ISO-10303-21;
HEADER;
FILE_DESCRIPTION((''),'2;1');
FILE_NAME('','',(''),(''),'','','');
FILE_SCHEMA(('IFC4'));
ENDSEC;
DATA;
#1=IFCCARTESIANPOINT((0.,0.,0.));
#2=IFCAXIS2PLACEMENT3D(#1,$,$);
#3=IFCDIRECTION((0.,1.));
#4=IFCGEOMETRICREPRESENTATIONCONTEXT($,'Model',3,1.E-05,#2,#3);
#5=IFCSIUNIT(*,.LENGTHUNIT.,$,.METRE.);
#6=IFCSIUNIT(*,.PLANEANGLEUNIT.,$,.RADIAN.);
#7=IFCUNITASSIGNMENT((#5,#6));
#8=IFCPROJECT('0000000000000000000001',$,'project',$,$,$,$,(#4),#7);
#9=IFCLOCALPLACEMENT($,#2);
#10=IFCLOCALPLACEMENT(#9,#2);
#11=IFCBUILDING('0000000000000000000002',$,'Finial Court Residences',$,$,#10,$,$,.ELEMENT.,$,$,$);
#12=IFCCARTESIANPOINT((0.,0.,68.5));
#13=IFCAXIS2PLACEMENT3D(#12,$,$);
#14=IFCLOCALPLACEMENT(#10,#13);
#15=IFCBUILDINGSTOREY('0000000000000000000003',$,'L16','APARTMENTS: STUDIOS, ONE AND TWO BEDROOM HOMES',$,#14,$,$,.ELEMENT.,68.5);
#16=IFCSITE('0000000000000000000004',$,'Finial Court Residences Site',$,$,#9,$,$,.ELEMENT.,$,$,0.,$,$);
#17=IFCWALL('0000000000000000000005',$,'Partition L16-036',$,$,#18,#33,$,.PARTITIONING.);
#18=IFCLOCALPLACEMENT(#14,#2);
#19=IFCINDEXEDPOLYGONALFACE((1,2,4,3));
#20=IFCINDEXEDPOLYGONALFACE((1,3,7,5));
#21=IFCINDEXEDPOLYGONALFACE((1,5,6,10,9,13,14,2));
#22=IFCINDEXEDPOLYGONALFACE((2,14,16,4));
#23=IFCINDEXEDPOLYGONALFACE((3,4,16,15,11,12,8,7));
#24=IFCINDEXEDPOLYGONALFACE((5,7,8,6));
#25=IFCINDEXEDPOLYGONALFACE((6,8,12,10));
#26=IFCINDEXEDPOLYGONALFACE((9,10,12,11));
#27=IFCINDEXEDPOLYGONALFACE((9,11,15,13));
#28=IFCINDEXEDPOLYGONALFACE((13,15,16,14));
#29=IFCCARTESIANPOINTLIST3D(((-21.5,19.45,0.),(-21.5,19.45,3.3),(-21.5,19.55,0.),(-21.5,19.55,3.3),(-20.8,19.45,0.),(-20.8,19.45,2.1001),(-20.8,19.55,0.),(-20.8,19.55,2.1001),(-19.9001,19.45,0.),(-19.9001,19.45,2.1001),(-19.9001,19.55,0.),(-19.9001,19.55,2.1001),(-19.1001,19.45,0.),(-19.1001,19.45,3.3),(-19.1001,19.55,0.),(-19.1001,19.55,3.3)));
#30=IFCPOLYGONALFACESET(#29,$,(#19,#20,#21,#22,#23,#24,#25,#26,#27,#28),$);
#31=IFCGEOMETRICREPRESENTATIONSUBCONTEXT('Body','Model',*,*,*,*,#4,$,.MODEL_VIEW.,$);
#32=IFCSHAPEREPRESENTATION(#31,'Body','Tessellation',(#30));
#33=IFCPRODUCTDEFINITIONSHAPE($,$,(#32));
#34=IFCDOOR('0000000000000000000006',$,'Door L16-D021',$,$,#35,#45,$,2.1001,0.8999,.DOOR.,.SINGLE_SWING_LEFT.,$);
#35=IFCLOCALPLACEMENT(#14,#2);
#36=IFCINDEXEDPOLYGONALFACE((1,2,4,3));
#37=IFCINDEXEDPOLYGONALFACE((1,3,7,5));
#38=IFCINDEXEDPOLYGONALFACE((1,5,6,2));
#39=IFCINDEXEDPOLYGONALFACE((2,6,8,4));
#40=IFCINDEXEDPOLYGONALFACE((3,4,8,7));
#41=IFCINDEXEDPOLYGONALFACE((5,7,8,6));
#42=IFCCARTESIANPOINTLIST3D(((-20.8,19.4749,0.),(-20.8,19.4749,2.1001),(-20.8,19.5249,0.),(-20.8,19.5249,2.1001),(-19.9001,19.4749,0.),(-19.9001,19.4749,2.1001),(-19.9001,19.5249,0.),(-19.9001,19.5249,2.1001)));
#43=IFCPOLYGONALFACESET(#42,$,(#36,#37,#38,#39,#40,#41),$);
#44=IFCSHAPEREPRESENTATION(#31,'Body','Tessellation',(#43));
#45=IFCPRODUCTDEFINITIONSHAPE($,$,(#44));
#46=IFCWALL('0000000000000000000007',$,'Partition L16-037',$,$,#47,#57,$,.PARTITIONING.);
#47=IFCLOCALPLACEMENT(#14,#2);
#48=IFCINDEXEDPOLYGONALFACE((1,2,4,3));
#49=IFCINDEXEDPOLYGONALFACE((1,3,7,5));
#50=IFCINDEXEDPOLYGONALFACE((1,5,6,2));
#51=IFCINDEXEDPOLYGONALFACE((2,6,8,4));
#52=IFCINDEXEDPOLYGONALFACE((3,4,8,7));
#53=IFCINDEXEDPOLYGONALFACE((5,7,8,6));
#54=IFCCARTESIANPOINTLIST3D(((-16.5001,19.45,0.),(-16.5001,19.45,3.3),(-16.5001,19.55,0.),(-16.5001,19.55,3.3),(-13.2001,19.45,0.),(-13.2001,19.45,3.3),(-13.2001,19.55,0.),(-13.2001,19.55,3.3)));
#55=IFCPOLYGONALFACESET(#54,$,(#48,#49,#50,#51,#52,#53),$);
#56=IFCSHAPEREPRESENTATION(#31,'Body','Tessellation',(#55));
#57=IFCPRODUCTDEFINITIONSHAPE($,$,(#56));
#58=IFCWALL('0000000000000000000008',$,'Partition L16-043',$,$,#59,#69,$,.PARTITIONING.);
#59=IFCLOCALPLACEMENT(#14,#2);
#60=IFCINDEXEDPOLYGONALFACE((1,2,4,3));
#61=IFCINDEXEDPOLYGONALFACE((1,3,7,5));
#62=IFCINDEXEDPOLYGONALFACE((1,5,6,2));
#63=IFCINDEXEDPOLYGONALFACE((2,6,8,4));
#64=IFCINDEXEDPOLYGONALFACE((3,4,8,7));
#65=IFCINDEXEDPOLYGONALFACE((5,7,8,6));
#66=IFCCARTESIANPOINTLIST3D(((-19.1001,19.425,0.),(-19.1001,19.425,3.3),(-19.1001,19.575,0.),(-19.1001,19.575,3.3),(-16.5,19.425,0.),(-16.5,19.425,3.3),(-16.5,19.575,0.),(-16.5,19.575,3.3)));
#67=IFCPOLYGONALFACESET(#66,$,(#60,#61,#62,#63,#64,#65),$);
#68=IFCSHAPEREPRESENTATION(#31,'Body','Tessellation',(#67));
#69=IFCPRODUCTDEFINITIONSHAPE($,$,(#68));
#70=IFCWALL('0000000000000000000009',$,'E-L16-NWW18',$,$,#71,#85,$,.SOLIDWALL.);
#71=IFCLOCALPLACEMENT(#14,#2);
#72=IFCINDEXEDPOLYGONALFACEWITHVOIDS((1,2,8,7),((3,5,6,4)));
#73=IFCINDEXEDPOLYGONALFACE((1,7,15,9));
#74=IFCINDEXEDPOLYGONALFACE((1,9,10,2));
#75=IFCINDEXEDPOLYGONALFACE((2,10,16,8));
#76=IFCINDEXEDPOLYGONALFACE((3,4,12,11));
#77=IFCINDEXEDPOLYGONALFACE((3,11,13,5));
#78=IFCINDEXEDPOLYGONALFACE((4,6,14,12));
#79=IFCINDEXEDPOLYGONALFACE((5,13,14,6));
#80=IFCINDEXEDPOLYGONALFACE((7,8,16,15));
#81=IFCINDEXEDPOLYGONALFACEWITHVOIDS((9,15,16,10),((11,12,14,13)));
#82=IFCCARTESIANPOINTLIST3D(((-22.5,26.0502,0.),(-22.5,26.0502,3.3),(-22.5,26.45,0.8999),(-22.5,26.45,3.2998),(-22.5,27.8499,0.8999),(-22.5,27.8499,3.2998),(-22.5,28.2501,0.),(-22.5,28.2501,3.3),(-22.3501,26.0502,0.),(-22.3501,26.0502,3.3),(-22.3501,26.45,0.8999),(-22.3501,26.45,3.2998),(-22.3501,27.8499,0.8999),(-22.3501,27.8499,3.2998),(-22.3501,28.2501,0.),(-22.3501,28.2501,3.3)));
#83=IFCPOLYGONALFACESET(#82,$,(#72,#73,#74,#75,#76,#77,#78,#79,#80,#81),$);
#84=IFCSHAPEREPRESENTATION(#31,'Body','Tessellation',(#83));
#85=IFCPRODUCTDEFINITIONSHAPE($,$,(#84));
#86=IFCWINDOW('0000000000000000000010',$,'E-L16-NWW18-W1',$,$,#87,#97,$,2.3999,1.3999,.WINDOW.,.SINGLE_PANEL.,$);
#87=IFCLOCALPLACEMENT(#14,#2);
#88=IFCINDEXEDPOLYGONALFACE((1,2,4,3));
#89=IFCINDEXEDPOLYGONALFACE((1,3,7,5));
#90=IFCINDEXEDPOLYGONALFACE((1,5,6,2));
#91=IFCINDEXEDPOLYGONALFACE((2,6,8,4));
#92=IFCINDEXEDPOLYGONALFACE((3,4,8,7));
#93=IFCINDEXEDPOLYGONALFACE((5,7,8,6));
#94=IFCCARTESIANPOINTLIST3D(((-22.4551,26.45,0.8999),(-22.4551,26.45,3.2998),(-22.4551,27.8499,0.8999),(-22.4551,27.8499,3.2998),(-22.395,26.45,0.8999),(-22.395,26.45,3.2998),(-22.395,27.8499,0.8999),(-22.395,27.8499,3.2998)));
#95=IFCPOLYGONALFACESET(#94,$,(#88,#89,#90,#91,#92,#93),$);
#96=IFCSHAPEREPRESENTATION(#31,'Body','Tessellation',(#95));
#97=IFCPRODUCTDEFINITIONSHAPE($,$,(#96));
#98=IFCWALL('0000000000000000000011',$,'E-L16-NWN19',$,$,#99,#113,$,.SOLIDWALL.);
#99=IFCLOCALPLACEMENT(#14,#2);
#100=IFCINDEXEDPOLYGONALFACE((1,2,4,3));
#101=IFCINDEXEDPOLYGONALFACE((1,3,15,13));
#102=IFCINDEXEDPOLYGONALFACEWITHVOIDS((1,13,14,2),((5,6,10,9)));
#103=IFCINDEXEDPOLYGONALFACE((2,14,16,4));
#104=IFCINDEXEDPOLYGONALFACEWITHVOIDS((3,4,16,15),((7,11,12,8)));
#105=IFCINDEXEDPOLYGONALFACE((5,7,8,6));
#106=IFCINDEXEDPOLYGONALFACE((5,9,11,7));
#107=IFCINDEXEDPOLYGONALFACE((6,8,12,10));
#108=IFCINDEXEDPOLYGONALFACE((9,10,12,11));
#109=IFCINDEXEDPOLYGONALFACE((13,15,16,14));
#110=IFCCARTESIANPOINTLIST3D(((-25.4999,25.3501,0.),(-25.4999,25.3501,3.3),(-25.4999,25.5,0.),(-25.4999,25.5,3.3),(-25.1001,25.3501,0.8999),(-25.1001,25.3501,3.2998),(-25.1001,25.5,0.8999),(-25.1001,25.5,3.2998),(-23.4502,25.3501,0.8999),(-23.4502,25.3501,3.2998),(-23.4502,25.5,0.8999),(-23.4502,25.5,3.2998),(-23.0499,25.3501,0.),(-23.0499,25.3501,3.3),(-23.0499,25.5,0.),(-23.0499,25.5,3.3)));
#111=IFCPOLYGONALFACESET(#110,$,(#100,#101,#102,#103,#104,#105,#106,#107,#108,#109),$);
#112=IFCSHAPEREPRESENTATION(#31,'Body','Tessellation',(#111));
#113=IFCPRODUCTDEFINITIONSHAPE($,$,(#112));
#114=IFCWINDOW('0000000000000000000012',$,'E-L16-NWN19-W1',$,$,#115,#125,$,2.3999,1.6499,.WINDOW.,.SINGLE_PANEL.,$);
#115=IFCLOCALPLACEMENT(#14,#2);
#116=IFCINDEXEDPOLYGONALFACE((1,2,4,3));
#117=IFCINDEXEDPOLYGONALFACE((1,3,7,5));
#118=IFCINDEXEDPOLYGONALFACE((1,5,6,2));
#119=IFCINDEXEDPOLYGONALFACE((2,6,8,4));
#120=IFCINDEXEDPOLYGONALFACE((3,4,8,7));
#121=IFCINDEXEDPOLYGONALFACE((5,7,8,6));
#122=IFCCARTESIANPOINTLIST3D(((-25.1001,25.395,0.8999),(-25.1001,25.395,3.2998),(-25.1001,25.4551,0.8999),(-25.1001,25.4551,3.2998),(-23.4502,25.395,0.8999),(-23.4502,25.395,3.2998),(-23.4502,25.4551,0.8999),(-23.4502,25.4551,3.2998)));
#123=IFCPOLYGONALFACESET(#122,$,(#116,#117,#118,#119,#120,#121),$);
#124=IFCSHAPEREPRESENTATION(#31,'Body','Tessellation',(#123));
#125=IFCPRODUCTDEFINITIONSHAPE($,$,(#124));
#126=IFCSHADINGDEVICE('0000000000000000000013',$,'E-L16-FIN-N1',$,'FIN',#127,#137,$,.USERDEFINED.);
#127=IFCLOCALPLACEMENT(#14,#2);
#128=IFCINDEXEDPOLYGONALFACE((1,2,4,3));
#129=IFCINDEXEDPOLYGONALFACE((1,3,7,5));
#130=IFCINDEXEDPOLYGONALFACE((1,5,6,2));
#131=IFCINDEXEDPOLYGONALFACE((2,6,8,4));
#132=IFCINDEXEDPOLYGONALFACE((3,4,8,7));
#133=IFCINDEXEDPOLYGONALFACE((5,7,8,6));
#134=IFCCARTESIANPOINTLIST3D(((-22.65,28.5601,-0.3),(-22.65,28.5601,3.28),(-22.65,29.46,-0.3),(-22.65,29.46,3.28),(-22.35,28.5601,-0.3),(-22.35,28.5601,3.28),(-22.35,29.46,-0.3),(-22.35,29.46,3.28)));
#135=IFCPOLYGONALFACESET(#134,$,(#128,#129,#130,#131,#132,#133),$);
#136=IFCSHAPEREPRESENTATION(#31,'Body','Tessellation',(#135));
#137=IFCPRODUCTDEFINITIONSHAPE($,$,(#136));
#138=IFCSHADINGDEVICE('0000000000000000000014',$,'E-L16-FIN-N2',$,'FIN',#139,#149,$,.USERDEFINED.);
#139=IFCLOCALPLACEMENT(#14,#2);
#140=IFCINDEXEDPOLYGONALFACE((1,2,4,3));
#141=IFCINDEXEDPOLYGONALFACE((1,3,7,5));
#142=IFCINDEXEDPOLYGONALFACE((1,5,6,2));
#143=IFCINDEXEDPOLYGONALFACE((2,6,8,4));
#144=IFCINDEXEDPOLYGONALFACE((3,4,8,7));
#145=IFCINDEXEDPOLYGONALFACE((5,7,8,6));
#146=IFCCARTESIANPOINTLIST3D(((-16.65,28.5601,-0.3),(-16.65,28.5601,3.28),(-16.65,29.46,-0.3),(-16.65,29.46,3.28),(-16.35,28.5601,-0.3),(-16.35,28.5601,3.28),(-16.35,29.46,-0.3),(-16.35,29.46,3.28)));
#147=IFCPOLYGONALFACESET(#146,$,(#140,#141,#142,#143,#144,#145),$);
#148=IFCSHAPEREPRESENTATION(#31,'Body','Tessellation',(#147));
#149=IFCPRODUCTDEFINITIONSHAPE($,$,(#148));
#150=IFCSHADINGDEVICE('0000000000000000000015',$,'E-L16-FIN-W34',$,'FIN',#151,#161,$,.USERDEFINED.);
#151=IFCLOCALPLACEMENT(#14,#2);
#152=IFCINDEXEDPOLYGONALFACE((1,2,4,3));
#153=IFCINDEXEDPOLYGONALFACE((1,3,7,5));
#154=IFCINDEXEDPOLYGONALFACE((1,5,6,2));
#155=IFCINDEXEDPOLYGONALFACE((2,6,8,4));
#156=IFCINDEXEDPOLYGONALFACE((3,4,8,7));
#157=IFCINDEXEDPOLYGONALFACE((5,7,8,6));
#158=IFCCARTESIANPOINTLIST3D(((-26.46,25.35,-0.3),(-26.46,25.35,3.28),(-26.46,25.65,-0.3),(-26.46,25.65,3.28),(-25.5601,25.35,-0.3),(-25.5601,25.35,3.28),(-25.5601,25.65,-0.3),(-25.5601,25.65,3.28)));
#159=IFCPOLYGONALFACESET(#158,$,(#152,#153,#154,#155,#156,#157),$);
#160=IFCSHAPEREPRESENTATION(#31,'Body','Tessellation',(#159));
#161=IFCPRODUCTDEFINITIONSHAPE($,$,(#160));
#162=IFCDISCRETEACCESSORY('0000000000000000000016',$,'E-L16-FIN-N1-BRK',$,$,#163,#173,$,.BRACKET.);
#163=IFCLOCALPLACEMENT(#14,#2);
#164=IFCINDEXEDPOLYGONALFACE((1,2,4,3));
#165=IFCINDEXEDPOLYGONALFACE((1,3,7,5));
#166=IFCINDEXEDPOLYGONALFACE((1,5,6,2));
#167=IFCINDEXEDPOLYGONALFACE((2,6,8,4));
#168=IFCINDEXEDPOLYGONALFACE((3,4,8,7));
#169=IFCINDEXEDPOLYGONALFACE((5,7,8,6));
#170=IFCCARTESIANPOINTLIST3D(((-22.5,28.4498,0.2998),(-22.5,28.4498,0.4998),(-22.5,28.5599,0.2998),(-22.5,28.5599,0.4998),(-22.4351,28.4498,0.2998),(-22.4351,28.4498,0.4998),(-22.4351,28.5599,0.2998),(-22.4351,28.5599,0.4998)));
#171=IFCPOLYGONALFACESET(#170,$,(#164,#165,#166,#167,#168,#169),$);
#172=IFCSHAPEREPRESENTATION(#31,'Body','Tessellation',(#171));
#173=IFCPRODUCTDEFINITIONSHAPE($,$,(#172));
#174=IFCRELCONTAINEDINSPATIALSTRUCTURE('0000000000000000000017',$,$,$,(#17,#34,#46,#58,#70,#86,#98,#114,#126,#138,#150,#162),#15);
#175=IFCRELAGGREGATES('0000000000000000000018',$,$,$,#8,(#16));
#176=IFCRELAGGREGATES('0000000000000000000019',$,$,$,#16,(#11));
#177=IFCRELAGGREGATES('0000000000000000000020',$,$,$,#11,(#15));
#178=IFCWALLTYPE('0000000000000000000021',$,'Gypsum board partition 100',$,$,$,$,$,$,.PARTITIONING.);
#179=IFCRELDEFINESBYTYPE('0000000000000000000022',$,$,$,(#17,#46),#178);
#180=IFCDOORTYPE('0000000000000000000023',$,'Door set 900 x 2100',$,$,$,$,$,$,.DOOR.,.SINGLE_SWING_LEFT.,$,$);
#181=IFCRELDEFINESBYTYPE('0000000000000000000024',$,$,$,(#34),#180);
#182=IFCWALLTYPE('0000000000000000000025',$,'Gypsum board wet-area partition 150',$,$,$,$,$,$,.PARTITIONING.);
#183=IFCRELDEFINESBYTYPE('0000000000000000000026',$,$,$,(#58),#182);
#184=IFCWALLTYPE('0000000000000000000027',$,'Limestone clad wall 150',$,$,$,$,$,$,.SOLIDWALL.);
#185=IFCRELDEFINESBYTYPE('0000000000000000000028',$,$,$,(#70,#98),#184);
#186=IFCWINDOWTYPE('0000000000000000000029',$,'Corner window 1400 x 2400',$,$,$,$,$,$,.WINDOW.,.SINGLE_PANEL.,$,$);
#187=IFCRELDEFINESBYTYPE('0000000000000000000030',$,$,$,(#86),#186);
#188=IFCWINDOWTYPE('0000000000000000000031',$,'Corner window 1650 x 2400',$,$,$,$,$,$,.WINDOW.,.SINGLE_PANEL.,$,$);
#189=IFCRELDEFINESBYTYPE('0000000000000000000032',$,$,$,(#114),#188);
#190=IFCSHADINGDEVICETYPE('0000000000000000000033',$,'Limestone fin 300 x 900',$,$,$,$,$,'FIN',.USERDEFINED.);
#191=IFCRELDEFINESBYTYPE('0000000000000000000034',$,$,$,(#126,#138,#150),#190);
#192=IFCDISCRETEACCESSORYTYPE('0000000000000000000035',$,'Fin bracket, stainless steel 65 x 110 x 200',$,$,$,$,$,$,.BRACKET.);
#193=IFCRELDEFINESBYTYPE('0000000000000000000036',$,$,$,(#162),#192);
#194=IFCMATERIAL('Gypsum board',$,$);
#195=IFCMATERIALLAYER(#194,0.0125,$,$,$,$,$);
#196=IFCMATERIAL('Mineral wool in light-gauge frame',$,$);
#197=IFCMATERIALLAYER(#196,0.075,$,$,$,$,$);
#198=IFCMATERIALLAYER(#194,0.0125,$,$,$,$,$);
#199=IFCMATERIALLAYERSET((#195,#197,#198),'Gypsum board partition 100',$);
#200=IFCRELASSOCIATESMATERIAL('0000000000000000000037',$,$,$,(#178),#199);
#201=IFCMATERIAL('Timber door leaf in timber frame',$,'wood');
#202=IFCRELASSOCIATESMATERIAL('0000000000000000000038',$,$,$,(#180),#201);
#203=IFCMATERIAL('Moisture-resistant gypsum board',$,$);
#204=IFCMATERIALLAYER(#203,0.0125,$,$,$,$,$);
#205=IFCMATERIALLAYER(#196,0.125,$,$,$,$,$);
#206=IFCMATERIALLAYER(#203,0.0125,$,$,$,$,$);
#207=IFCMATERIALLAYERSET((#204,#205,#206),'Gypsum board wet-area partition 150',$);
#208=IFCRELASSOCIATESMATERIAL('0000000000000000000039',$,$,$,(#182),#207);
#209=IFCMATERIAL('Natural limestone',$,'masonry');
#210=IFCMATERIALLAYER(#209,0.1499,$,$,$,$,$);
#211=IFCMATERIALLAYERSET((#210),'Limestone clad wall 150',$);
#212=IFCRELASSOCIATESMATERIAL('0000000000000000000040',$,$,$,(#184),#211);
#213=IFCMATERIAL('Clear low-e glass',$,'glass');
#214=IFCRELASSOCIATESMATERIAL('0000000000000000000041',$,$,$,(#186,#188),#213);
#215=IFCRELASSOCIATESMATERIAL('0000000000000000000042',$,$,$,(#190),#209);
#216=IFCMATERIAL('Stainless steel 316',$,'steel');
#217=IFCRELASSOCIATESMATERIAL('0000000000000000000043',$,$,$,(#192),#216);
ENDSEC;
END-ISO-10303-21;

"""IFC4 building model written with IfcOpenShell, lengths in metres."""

from ifc_helpers import new_model, si_unit, direction, frame, frame_2d, origin, origin_2d, place, context, subcontext, project, spatial, rectangle, extrude, material, layer, layer_set, type_object, element, fill, save


model = new_model("IFC4")

# Units and contexts
model_context = context("Model", 3, precision=1e-05, world=origin(), true_north=direction((0.0, 1.0)))
body_context = subcontext(model_context, "Body", "Model", "MODEL_VIEW")
ifc_project = project(units=[si_unit("LENGTHUNIT", "METRE"), si_unit("PLANEANGLEUNIT", "RADIAN")], contexts=[model_context])

# Site, building, storey
site_placement = place(None, origin())
site = spatial("IfcSite", under=ifc_project, at=site_placement, Name="Finial Court Residences Site", CompositionType="ELEMENT", RefElevation=0.0)
building_placement = place(site_placement, origin())
building = spatial("IfcBuilding", under=site, at=building_placement, Name="Finial Court Residences", CompositionType="ELEMENT")
storey_placement = place(building_placement, frame((0.0, 0.0, 68.5)))
storey = spatial("IfcBuildingStorey", under=building, at=storey_placement, Name="L16", Description="APARTMENTS: STUDIOS, ONE AND TWO BEDROOM HOMES", CompositionType="ELEMENT", Elevation=68.5)

# Shared definitions
ifc_material_1 = material(Name="Clear low-e glass", Category="glass")

# Shared definitions
ifc_material_2 = material(Name="Gypsum board")

# Wall, opening, door
ifc_layer_1 = layer(ifc_material_2, 0.0125)
ifc_material_3 = material(Name="Mineral wool in light-gauge frame")
ifc_layer_2 = layer(ifc_material_3, 0.075)
ifc_layer_3 = layer(ifc_material_2, 0.0125)
ifc_layer_set_1 = layer_set([ifc_layer_1, ifc_layer_2, ifc_layer_3], Name="Gypsum board partition 100")
wall_type_1 = type_object("IfcWallType", Name="Gypsum board partition 100", PredefinedType="PARTITIONING", material=ifc_layer_set_1)
wall_1_placement = place(storey_placement, frame((-21.5, 19.5, 0.0), z_axis=(0.0, 0.0, 1.0), x_axis=(1.0, 0.0, 0.0)))
wall_1 = element("IfcWall", 1, at=wall_1_placement, inside=storey, type_object=wall_type_1, Name="Partition L16-036", PredefinedType="PARTITIONING", context=body_context, shape_type="SweptSolid", body=[
    extrude(rectangle(XDim=2.3999, YDim=0.1001, at=frame_2d((1.2, 0.0))), origin(), (0.0, 0.0, 1.0), 3.3),
])
opening_1_placement = place(wall_1_placement, frame((0.7, 0.0, 0.0)))
opening_1 = element("IfcOpeningElement", 2, at=opening_1_placement, cuts=wall_1, PredefinedType="OPENING", context=body_context, shape_type="SweptSolid", body=[
    extrude(rectangle(XDim=0.8999, YDim=2.1001, at=frame_2d((0.45, 1.05))), frame((0.0, 0.0601, 0.0), z_axis=(0.0, -1.0, 0.0), x_axis=(1.0, 0.0, 0.0)), (0.0, 0.0, 1.0), 0.1201),
])
ifc_material_4 = material(Name="Timber door leaf in timber frame", Category="wood")
door_type = type_object("IfcDoorType", Name="Door set 900 x 2100", OperationType="SINGLE_SWING_LEFT", PredefinedType="DOOR", material=ifc_material_4)
door_placement = place(opening_1_placement, origin())
door = element("IfcDoor", 3, at=door_placement, inside=storey, type_object=door_type, Name="Door L16-D021", OperationType="SINGLE_SWING_LEFT", OverallHeight=2.1001, OverallWidth=0.8999, PredefinedType="DOOR", context=body_context, shape_type="SweptSolid", body=[
    extrude(rectangle(XDim=0.8999, YDim=2.1001, at=frame_2d((0.45, 1.05))), frame((0.0, 0.0249, 0.0), z_axis=(0.0, -1.0, 0.0), x_axis=(1.0, 0.0, 0.0)), (0.0, 0.0, 1.0), 0.05),
])
fill(opening_1, door)

# Walls
wall_2_placement = place(storey_placement, frame((-16.5, 19.5, 0.0), z_axis=(0.0, 0.0, 1.0), x_axis=(1.0, 0.0, 0.0)))
element("IfcWall", 4, at=wall_2_placement, inside=storey, type_object=wall_type_1, Name="Partition L16-037", PredefinedType="PARTITIONING", context=body_context, shape_type="SweptSolid", body=[
    extrude(rectangle(XDim=3.3, YDim=0.1001, at=frame_2d((1.6499, 0.0))), origin(), (0.0, 0.0, 1.0), 3.3),
])
ifc_material_5 = material(Name="Moisture-resistant gypsum board")
ifc_layer_4 = layer(ifc_material_5, 0.0125)
ifc_layer_5 = layer(ifc_material_3, 0.125)
ifc_layer_6 = layer(ifc_material_5, 0.0125)
ifc_layer_set_2 = layer_set([ifc_layer_4, ifc_layer_5, ifc_layer_6], Name="Gypsum board wet-area partition 150")
wall_type_2 = type_object("IfcWallType", Name="Gypsum board wet-area partition 150", PredefinedType="PARTITIONING", material=ifc_layer_set_2)
wall_3_placement = place(storey_placement, frame((-19.1001, 19.5, 0.0), z_axis=(0.0, 0.0, 1.0), x_axis=(1.0, 0.0, 0.0)))
element("IfcWall", 5, at=wall_3_placement, inside=storey, type_object=wall_type_2, Name="Partition L16-043", PredefinedType="PARTITIONING", context=body_context, shape_type="SweptSolid", body=[
    extrude(rectangle(XDim=2.6001, YDim=0.1499, at=frame_2d((1.3, 0.0))), origin(), (0.0, 0.0, 1.0), 3.3),
])

# Walls, openings, windows
ifc_material_6 = material(Name="Natural limestone", Category="masonry")
ifc_layer_7 = layer(ifc_material_6, 0.1499)
ifc_layer_set_3 = layer_set([ifc_layer_7], Name="Limestone clad wall 150")
wall_type_3 = type_object("IfcWallType", Name="Limestone clad wall 150", PredefinedType="SOLIDWALL", material=ifc_layer_set_3)
wall_4_placement = place(storey_placement, frame((-22.425, 26.05, 0.0), z_axis=(0.0, 0.0, 1.0), x_axis=(0.0, 1.0, 0.0)))
wall_4 = element("IfcWall", 6, at=wall_4_placement, inside=storey, type_object=wall_type_3, Name="E-L16-NWW18", PredefinedType="SOLIDWALL", context=body_context, shape_type="SweptSolid", body=[
    extrude(rectangle(XDim=2.2, YDim=0.1499, at=frame_2d((1.1001, 0.0))), origin(), (0.0, 0.0, 1.0), 3.3),
])
opening_2_placement = place(wall_4_placement, frame((0.3999, 0.0, 0.8999)))
opening_2 = element("IfcOpeningElement", 7, at=opening_2_placement, cuts=wall_4, PredefinedType="OPENING", context=body_context, shape_type="SweptSolid", body=[
    extrude(rectangle(XDim=1.3999, YDim=2.3999, at=frame_2d((0.7, 1.2))), frame((0.0, 0.085, 0.0), z_axis=(0.0, -1.0, 0.0), x_axis=(1.0, 0.0, 0.0)), (0.0, 0.0, 1.0), 0.1699),
])
window_type_1 = type_object("IfcWindowType", Name="Corner window 1400 x 2400", PartitioningType="SINGLE_PANEL", PredefinedType="WINDOW", material=ifc_material_1)
window_1_placement = place(opening_2_placement, origin())
window_1 = element("IfcWindow", 8, at=window_1_placement, inside=storey, type_object=window_type_1, Name="E-L16-NWW18-W1", OverallHeight=2.3999, OverallWidth=1.3999, PartitioningType="SINGLE_PANEL", PredefinedType="WINDOW", context=body_context, shape_type="SweptSolid", body=[
    extrude(rectangle(XDim=1.3999, YDim=2.3999, at=frame_2d((0.7, 1.2))), frame((0.0, 0.03, 0.0), z_axis=(0.0, -1.0, 0.0), x_axis=(1.0, 0.0, 0.0)), (0.0, 0.0, 1.0), 0.0601),
])
fill(opening_2, window_1)
wall_5_placement = place(storey_placement, frame((-25.5, 25.425, 0.0), z_axis=(0.0, 0.0, 1.0), x_axis=(1.0, 0.0, 0.0)))
wall_5 = element("IfcWall", 9, at=wall_5_placement, inside=storey, type_object=wall_type_3, Name="E-L16-NWN19", PredefinedType="SOLIDWALL", context=body_context, shape_type="SweptSolid", body=[
    extrude(rectangle(XDim=2.45, YDim=0.1499, at=frame_2d((1.2251, 0.0))), origin(), (0.0, 0.0, 1.0), 3.3),
])
opening_3_placement = place(wall_5_placement, frame((0.3999, 0.0, 0.8999)))
opening_3 = element("IfcOpeningElement", 10, at=opening_3_placement, cuts=wall_5, PredefinedType="OPENING", context=body_context, shape_type="SweptSolid", body=[
    extrude(rectangle(XDim=1.6499, YDim=2.3999, at=frame_2d((0.825, 1.2))), frame((0.0, 0.085, 0.0), z_axis=(0.0, -1.0, 0.0), x_axis=(1.0, 0.0, 0.0)), (0.0, 0.0, 1.0), 0.1699),
])
window_type_2 = type_object("IfcWindowType", Name="Corner window 1650 x 2400", PartitioningType="SINGLE_PANEL", PredefinedType="WINDOW", material=ifc_material_1)
window_2_placement = place(opening_3_placement, origin())
window_2 = element("IfcWindow", 11, at=window_2_placement, inside=storey, type_object=window_type_2, Name="E-L16-NWN19-W1", OverallHeight=2.3999, OverallWidth=1.6499, PartitioningType="SINGLE_PANEL", PredefinedType="WINDOW", context=body_context, shape_type="SweptSolid", body=[
    extrude(rectangle(XDim=1.6499, YDim=2.3999, at=frame_2d((0.825, 1.2))), frame((0.0, 0.03, 0.0), z_axis=(0.0, -1.0, 0.0), x_axis=(1.0, 0.0, 0.0)), (0.0, 0.0, 1.0), 0.0601),
])
fill(opening_3, window_2)

# Shading devices
shading_device_type = type_object("IfcShadingDeviceType", Name="Limestone fin 300 x 900", ElementType="FIN", PredefinedType="USERDEFINED", material=ifc_material_6)
for number, where, z_axis, x_axis, name in (
    (12, (-22.5, 29.01, -0.3), (0.0, 0.0, 1.0), (1.0, 0.0, 0.0), "E-L16-FIN-N1"),
    (13, (-16.5, 29.01, -0.3), (0.0, 0.0, 1.0), (1.0, 0.0, 0.0), "E-L16-FIN-N2"),
):
    element("IfcShadingDevice", number, at=place(storey_placement, frame(where, z_axis=z_axis, x_axis=x_axis)), inside=storey, type_object=shading_device_type, Name=name, ObjectType="FIN", PredefinedType="USERDEFINED", context=body_context, shape_type="SweptSolid", body=[
        extrude(rectangle(XDim=0.3, YDim=0.8999, at=origin_2d()), origin(), (0.0, 0.0, 1.0), 3.5801),
    ])
shading_device_placement = place(storey_placement, frame((-26.01, 25.5, -0.3), z_axis=(0.0, 0.0, 1.0), x_axis=(1.0, 0.0, 0.0)))
element("IfcShadingDevice", 14, at=shading_device_placement, inside=storey, type_object=shading_device_type, Name="E-L16-FIN-W34", ObjectType="FIN", PredefinedType="USERDEFINED", context=body_context, shape_type="SweptSolid", body=[
    extrude(rectangle(XDim=0.8999, YDim=0.3, at=origin_2d()), origin(), (0.0, 0.0, 1.0), 3.5801),
])

# Discrete accessory
ifc_material_7 = material(Name="Stainless steel 316", Category="steel")
discrete_accessory_type = type_object("IfcDiscreteAccessoryType", Name="Fin bracket, stainless steel 65 x 110 x 200", PredefinedType="BRACKET", material=ifc_material_7)
for number, where, z_axis, x_axis, name in (
    (15, (-22.4675, 28.5049, 0.2998), (0.0, 0.0, 1.0), (1.0, 0.0, 0.0), "E-L16-FIN-N1-BRK"),
):
    element("IfcDiscreteAccessory", number, at=place(storey_placement, frame(where, z_axis=z_axis, x_axis=x_axis)), inside=storey, type_object=discrete_accessory_type, Name=name, PredefinedType="BRACKET", context=body_context, shape_type="SweptSolid", body=[
        extrude(rectangle(XDim=0.0649, YDim=0.1101, at=origin_2d()), origin(), (0.0, 0.0, 1.0), 0.2),
    ])

save(model, "model.ifc")
